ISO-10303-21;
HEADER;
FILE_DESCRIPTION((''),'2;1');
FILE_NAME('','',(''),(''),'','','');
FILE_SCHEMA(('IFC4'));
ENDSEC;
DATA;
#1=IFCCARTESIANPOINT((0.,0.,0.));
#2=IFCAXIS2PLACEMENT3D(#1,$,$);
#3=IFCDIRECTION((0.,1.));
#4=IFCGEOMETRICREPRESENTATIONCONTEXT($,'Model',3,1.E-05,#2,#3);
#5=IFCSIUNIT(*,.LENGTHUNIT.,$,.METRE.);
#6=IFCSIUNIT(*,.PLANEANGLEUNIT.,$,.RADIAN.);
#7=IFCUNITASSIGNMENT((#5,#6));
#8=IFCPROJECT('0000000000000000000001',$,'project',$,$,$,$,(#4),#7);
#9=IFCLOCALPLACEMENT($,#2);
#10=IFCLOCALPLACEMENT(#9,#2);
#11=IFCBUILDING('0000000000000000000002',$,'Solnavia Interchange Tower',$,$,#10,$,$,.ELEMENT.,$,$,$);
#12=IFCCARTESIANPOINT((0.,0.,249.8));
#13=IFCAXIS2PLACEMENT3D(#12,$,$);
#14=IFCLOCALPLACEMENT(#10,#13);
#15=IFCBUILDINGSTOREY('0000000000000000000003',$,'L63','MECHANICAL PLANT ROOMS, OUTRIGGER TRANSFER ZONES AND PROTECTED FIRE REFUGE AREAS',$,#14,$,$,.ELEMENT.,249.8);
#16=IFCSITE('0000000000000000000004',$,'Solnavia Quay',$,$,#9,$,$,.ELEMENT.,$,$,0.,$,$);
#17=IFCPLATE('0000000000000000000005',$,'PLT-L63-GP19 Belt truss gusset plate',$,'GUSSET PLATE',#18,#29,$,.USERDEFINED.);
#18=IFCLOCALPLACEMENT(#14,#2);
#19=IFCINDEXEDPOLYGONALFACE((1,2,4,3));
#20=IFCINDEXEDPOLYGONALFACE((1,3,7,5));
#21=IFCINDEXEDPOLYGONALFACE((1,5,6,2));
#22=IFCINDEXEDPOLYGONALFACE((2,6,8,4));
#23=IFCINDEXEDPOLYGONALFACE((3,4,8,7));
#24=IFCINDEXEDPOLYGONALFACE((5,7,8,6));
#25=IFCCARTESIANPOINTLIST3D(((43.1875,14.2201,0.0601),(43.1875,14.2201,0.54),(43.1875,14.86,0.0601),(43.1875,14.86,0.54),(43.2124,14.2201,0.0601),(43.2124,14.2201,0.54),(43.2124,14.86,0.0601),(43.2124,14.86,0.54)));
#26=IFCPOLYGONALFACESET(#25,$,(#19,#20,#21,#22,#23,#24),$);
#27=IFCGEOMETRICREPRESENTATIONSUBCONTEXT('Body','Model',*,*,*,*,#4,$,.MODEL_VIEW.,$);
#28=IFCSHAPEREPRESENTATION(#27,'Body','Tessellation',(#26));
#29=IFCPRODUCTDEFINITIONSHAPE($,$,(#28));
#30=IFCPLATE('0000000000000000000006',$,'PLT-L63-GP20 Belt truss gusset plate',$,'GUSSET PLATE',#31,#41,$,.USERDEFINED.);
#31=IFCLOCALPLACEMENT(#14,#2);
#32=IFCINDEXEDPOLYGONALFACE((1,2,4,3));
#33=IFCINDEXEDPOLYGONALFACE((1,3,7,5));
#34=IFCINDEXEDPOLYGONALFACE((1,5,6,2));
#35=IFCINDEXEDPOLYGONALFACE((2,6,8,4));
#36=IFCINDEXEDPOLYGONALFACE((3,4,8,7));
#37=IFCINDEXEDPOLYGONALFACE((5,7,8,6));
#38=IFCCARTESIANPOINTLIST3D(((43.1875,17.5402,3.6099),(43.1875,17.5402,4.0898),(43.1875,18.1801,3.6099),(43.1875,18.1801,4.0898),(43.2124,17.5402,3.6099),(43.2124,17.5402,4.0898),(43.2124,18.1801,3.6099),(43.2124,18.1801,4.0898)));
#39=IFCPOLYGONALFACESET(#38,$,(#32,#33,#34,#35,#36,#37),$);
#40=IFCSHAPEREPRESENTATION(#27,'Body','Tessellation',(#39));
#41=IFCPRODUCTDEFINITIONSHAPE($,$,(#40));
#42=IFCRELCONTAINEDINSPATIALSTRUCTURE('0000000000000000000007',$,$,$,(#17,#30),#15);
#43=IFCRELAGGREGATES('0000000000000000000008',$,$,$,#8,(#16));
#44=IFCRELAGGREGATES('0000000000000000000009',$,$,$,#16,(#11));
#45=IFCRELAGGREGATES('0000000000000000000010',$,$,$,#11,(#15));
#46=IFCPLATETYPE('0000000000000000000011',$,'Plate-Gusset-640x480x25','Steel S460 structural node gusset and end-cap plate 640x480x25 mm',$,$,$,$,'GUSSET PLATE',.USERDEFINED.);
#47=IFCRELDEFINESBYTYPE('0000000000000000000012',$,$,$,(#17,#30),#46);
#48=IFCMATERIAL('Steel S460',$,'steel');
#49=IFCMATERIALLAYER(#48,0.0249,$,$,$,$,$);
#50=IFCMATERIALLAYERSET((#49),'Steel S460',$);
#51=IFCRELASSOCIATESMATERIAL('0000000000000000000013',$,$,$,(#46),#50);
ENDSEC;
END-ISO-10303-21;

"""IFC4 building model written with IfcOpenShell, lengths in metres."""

from ifc_helpers import new_model, si_unit, direction, frame, origin, origin_2d, place, context, subcontext, project, spatial, rectangle, extrude, material, layer, layer_set, type_object, element, save


model = new_model("IFC4")

# Units and contexts
model_context = context("Model", 3, precision=1e-05, world=origin(), true_north=direction((0.0, 1.0)))
body_context = subcontext(model_context, "Body", "Model", "MODEL_VIEW")
ifc_project = project(units=[si_unit("LENGTHUNIT", "METRE"), si_unit("PLANEANGLEUNIT", "RADIAN")], contexts=[model_context])

# Site, building, storey
site_placement = place(None, origin())
site = spatial("IfcSite", under=ifc_project, at=site_placement, Name="Solnavia Quay", CompositionType="ELEMENT", RefElevation=0.0)
building_placement = place(site_placement, origin())
building = spatial("IfcBuilding", under=site, at=building_placement, Name="Solnavia Interchange Tower", CompositionType="ELEMENT")
storey_placement = place(building_placement, frame((0.0, 0.0, 249.8)))
storey = spatial("IfcBuildingStorey", under=building, at=storey_placement, Name="L63", Description="MECHANICAL PLANT ROOMS, OUTRIGGER TRANSFER ZONES AND PROTECTED FIRE REFUGE AREAS", CompositionType="ELEMENT", Elevation=249.8)

# Shared definitions
ifc_material_1 = material(Name="Steel S460", Category="steel")

# Plates
ifc_layer_1 = layer(ifc_material_1, 0.0249)
ifc_layer_set_1 = layer_set([ifc_layer_1], Name="Steel S460")
plate_type_1 = type_object("IfcPlateType", Name="Plate-Gusset-640x480x25", Description="Steel S460 structural node gusset and end-cap plate 640x480x25 mm", ElementType="GUSSET PLATE", PredefinedType="USERDEFINED", material=ifc_layer_set_1)
for number, where, z_axis, x_axis, name in (
    (1, (43.2, 14.54, 0.0601), (0.0, 0.0, 1.0), (0.0, 1.0, 0.0), "PLT-L63-GP19 Belt truss gusset plate"),
    (2, (43.2, 17.8601, 3.6099), (0.0, 0.0, 1.0), (0.0, 1.0, 0.0), "PLT-L63-GP20 Belt truss gusset plate"),
):
    element("IfcPlate", number, at=place(storey_placement, frame(where, z_axis=z_axis, x_axis=x_axis)), inside=storey, type_object=plate_type_1, Name=name, ObjectType="GUSSET PLATE", PredefinedType="USERDEFINED", context=body_context, shape_type="SweptSolid", body=[
        extrude(rectangle(XDim=0.6399, YDim=0.0249, at=origin_2d()), origin(), (0.0, 0.0, 1.0), 0.48),
    ])

save(model, "model.ifc")
